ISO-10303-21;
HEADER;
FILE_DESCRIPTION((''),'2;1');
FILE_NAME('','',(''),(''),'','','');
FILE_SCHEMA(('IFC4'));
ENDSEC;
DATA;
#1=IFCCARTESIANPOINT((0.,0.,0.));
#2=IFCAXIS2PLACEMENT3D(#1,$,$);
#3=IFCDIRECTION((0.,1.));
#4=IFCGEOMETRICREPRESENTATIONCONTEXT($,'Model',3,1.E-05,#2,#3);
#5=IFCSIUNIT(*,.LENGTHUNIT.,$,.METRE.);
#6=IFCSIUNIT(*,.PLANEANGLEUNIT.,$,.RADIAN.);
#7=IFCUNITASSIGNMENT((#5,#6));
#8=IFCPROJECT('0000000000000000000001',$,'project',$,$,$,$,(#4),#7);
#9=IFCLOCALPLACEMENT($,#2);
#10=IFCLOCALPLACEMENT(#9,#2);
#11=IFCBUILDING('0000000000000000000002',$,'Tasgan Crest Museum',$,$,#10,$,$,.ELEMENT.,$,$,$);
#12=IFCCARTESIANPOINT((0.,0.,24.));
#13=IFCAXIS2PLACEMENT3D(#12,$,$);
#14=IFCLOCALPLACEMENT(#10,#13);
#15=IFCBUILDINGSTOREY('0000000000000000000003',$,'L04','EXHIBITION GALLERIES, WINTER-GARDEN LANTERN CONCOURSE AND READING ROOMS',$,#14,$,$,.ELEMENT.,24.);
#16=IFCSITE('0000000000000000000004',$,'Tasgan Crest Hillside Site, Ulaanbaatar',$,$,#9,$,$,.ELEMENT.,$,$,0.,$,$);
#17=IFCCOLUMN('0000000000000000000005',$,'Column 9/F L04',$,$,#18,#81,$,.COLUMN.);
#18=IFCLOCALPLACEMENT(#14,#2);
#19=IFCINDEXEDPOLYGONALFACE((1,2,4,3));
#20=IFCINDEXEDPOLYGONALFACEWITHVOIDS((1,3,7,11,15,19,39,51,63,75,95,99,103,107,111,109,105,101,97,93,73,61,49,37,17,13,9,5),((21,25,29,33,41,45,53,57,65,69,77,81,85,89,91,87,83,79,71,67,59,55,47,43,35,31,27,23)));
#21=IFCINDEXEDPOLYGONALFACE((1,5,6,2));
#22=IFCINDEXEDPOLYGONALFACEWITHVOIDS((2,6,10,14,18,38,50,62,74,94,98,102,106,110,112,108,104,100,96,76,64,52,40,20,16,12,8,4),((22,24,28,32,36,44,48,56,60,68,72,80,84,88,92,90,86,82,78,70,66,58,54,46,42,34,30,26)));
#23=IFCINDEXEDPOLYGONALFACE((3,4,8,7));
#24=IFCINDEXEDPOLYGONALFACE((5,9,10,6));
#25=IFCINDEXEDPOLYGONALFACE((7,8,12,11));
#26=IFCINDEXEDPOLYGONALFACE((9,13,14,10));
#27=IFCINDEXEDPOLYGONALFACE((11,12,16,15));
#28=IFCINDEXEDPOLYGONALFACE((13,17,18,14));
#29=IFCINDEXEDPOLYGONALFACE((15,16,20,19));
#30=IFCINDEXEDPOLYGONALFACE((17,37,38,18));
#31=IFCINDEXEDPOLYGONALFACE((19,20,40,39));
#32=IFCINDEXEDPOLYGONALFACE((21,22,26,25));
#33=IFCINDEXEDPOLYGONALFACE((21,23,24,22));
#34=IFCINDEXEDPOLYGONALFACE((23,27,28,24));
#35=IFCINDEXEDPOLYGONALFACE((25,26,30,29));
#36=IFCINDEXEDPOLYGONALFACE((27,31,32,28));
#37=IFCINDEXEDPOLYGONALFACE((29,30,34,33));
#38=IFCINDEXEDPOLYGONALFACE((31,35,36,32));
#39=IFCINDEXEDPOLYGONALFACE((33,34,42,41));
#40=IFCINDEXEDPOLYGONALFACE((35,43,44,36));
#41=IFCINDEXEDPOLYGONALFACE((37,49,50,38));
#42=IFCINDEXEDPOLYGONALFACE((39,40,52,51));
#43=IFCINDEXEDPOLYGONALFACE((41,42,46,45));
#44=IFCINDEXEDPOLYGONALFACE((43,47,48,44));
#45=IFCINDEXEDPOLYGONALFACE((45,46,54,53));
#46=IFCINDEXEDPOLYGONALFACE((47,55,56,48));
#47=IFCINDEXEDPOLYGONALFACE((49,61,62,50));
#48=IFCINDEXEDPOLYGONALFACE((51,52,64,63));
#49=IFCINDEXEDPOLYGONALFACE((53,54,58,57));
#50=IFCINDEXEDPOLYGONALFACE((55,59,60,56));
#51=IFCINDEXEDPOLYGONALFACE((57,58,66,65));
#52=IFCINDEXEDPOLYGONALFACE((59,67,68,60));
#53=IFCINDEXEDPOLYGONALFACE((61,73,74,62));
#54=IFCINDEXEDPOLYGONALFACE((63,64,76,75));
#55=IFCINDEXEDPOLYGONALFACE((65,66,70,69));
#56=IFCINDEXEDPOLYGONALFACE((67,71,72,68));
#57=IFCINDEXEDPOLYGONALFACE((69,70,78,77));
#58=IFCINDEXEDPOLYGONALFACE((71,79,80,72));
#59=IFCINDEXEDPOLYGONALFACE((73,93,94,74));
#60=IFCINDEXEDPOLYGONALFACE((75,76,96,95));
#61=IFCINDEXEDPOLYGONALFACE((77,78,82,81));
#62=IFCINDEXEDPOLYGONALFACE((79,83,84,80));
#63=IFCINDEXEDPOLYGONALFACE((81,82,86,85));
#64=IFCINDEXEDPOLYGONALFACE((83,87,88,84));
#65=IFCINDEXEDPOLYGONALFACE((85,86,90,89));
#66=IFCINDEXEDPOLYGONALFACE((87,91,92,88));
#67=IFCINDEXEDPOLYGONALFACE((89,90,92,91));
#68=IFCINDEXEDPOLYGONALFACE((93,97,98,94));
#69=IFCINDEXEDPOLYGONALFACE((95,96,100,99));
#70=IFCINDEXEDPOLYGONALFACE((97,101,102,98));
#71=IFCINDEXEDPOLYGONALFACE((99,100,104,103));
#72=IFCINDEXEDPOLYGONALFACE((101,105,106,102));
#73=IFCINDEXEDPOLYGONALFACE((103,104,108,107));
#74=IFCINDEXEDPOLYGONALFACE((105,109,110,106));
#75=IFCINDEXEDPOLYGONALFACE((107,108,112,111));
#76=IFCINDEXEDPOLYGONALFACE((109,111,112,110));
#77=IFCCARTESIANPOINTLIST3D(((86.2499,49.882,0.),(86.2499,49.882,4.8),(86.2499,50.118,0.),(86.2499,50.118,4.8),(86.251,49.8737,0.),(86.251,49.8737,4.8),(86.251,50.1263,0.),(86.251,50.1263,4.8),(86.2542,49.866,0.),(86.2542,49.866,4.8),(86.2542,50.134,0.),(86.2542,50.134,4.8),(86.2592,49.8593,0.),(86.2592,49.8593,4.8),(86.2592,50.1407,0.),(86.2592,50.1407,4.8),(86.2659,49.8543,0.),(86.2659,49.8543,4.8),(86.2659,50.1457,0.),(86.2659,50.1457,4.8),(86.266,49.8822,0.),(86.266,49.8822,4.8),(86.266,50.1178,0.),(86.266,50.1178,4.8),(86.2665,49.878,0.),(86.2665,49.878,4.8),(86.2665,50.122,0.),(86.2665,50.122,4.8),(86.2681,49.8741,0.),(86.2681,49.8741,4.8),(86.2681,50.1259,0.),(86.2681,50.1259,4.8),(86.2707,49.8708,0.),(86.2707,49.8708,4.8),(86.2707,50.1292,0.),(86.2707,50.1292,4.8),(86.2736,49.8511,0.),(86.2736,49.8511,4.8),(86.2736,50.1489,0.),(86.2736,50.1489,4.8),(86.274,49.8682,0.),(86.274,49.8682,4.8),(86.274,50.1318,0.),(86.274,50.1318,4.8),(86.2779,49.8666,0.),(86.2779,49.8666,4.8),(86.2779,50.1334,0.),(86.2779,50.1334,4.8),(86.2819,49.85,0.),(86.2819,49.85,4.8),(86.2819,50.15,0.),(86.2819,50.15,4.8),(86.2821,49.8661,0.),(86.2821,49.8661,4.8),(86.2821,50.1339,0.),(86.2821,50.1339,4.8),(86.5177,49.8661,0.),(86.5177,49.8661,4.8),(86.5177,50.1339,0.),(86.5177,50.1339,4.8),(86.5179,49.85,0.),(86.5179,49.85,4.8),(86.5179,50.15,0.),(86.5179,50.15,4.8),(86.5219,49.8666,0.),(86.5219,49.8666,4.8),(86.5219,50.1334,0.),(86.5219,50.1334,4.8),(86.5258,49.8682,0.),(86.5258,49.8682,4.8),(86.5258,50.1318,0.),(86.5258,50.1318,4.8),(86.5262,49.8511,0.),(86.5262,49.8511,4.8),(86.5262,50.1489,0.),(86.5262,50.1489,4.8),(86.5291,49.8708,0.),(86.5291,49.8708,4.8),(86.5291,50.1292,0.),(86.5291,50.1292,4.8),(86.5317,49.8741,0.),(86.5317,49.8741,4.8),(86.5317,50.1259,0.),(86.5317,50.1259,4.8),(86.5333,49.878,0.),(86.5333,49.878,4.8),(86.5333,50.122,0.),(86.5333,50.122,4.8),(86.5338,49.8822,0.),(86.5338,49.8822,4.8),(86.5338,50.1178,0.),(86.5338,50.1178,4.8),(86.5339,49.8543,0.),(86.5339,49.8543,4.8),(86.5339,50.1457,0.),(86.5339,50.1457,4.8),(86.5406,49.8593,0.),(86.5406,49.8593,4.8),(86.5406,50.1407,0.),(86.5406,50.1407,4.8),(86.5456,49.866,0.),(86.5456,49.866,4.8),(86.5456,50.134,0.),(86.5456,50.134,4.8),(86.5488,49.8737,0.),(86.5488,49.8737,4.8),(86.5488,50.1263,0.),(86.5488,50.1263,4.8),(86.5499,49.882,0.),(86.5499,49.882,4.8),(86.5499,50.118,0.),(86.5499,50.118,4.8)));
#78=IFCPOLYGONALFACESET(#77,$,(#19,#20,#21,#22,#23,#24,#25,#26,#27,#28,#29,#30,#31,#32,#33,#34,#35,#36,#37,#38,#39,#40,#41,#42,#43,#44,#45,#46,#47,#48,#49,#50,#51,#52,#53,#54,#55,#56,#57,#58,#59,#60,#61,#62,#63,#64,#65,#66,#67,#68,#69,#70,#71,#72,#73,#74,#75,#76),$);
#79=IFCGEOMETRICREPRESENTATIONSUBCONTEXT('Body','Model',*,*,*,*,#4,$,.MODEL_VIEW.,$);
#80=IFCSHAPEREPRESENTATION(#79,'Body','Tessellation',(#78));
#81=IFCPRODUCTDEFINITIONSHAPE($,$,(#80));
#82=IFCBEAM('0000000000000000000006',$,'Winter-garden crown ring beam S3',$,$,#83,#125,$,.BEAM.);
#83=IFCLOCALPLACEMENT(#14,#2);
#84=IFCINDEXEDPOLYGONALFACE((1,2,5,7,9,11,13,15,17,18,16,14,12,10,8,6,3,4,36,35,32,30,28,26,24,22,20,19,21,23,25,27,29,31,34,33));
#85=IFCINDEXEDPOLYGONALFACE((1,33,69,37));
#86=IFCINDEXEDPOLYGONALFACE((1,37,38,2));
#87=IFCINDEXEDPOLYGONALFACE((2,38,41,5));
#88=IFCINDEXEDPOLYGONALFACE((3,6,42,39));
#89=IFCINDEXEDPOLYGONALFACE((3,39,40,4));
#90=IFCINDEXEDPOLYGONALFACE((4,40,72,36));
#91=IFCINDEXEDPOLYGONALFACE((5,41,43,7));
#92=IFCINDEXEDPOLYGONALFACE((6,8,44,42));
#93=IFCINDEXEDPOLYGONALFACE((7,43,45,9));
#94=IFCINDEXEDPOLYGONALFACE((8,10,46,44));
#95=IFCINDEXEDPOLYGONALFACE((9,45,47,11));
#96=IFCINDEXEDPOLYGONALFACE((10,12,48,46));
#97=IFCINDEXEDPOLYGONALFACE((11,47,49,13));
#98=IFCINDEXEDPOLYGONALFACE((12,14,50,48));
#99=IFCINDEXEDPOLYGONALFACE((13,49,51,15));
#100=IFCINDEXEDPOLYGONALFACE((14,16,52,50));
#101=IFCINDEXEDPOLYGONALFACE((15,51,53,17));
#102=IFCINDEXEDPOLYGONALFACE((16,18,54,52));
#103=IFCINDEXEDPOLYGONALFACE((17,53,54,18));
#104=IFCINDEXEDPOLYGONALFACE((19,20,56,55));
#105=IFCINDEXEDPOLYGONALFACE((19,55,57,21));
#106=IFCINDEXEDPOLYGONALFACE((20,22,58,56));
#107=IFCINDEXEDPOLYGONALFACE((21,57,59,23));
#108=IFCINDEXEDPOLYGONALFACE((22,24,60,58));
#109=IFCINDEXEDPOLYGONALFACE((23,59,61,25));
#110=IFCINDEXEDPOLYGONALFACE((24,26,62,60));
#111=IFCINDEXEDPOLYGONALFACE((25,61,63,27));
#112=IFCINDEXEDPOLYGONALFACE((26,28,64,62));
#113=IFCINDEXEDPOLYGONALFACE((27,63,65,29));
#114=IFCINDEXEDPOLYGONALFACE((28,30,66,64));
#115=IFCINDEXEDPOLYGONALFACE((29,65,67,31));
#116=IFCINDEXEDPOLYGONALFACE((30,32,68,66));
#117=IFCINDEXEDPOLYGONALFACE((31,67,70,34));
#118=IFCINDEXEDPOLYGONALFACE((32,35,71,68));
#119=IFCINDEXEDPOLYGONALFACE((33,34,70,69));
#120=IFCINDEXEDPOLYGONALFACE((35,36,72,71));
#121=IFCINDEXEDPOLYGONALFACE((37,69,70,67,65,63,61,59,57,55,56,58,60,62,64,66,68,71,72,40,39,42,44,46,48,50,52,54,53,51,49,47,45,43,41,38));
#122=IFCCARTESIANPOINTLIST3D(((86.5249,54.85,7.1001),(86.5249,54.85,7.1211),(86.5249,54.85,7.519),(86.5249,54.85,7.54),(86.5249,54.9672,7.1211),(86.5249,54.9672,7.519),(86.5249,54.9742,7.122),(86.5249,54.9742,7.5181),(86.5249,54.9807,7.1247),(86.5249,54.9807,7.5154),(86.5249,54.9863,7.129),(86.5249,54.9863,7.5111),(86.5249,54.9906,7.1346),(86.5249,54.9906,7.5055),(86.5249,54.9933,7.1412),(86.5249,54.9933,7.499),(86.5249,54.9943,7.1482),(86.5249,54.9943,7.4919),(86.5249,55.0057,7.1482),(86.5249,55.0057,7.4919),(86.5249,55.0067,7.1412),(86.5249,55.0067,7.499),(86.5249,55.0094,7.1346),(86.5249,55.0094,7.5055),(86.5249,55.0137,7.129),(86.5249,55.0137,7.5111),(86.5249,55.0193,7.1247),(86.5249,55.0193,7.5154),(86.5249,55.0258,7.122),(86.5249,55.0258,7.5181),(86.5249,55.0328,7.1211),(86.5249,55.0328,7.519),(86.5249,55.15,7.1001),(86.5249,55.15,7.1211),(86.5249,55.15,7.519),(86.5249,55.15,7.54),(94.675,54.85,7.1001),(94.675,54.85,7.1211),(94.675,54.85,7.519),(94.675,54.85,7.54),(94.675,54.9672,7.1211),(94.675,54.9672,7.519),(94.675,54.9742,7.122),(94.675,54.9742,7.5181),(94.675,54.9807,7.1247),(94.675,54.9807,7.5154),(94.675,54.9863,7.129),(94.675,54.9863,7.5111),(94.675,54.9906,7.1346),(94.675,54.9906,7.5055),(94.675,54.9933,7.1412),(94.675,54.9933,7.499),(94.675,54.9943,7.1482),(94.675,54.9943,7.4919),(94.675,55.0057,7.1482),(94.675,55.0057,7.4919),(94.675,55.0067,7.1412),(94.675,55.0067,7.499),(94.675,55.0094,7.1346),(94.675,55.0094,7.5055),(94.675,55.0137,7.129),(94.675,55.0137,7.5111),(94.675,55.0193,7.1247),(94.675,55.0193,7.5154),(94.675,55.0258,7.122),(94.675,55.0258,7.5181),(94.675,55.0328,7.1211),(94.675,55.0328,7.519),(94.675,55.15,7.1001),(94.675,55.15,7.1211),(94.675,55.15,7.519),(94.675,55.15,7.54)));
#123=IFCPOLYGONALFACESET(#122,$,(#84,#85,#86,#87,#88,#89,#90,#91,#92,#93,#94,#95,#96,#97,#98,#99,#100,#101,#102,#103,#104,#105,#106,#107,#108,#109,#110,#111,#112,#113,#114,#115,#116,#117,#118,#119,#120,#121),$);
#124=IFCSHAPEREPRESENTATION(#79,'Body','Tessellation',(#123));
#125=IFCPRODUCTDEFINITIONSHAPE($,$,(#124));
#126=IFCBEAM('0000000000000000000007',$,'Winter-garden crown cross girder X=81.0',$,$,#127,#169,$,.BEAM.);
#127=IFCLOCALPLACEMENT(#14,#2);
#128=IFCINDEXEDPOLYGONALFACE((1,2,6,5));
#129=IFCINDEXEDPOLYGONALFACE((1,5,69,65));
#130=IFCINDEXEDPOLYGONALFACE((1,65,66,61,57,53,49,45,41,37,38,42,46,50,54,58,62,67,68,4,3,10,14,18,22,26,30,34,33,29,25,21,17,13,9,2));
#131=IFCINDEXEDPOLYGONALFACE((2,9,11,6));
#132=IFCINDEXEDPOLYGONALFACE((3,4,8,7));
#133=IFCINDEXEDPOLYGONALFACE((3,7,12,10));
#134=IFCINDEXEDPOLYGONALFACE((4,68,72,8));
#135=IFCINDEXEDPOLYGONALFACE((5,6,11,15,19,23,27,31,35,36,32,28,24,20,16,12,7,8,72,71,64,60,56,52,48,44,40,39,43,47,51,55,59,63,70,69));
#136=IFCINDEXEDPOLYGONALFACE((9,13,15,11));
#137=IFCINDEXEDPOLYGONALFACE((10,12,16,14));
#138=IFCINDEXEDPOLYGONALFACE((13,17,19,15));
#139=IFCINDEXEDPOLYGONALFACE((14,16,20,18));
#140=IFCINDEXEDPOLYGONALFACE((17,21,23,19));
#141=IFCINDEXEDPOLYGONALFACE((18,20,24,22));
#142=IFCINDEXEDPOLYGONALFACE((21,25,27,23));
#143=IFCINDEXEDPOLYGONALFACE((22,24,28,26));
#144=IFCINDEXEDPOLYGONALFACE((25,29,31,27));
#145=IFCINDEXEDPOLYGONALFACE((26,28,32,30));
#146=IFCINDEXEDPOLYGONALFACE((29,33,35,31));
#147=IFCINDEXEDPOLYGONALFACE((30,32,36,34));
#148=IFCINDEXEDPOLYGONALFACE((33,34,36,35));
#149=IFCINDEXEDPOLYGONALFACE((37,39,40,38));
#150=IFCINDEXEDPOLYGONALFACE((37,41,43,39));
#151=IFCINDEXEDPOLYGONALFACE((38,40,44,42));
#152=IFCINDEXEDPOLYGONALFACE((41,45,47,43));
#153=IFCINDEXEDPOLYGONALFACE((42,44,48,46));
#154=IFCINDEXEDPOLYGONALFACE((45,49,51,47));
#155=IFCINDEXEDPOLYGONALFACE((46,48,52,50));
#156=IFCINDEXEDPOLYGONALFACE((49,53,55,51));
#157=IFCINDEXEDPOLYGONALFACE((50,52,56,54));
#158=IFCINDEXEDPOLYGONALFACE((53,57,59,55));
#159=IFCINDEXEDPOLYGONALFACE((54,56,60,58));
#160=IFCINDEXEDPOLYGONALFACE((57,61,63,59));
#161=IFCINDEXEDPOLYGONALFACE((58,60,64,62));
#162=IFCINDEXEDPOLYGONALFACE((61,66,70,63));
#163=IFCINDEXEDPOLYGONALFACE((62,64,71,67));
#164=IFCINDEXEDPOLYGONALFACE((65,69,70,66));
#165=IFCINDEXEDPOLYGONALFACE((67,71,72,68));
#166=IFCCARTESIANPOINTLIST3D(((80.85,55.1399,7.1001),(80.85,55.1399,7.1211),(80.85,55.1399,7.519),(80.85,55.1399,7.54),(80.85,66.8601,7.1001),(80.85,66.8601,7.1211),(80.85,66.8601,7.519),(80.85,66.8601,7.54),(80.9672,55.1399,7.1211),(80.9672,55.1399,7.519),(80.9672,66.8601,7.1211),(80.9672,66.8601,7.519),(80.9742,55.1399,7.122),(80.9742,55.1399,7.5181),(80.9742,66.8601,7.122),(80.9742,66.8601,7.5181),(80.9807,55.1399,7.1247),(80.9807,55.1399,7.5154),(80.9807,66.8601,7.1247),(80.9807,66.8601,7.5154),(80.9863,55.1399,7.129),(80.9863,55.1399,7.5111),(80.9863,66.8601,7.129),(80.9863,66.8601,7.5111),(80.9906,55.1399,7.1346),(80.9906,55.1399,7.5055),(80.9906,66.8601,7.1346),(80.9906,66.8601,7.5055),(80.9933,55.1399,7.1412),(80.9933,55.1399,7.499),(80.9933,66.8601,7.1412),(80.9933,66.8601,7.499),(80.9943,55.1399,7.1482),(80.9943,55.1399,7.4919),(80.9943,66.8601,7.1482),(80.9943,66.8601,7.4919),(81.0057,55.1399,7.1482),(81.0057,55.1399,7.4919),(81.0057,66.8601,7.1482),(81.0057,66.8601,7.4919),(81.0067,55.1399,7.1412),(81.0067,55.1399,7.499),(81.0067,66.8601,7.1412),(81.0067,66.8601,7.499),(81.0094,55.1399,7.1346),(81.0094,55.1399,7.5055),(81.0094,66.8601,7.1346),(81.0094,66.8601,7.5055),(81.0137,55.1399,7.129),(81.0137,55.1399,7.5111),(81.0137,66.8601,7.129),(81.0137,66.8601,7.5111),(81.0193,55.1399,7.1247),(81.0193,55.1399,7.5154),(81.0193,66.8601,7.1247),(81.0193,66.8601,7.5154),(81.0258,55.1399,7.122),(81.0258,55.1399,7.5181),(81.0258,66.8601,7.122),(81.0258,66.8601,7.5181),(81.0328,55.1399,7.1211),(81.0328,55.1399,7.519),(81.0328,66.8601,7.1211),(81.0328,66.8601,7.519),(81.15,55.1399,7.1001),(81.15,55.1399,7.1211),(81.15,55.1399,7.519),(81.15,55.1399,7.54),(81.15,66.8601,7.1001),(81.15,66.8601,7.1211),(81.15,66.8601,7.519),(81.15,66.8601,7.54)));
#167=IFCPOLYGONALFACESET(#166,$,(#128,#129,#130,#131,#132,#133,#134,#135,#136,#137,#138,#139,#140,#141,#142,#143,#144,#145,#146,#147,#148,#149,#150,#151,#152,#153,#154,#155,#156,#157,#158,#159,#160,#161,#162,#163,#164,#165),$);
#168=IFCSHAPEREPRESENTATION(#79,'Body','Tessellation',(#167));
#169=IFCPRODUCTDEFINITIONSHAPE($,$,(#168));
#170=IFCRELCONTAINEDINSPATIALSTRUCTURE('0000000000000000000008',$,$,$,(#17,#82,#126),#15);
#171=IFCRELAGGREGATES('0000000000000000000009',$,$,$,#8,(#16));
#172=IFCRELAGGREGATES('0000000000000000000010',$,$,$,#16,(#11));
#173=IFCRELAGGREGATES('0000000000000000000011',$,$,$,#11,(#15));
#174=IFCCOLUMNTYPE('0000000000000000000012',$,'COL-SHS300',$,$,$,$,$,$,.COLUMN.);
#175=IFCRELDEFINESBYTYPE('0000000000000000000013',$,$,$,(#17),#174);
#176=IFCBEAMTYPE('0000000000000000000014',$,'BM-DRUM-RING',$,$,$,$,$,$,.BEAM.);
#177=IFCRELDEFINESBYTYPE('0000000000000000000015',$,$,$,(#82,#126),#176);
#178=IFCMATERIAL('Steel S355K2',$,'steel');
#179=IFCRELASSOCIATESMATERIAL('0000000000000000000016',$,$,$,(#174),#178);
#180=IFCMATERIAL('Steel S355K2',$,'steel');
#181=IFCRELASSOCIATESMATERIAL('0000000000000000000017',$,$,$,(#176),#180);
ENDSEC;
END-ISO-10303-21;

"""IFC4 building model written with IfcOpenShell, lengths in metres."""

from ifc_helpers import new_model, si_unit, direction, frame, origin, origin_2d, place, context, subcontext, project, spatial, hollow_rectangle, i_section, extrude, material, material_profile, profile_set, type_object, element, save


model = new_model("IFC4")

# Units and contexts
model_context = context("Model", 3, precision=1e-05, world=origin(), true_north=direction((0.0, 1.0)))
body_context = subcontext(model_context, "Body", "Model", "MODEL_VIEW")
ifc_project = project(units=[si_unit("LENGTHUNIT", "METRE"), si_unit("PLANEANGLEUNIT", "RADIAN")], contexts=[model_context])

# Site, building, storey
site_placement = place(None, origin())
site = spatial("IfcSite", under=ifc_project, at=site_placement, Name="Tasgan Crest Hillside Site, Ulaanbaatar", CompositionType="ELEMENT", RefElevation=0.0)
building_placement = place(site_placement, origin())
building = spatial("IfcBuilding", under=site, at=building_placement, Name="Tasgan Crest Museum", CompositionType="ELEMENT")
storey_placement = place(building_placement, frame((0.0, 0.0, 24.0)))
storey = spatial("IfcBuildingStorey", under=building, at=storey_placement, Name="L04", Description="EXHIBITION GALLERIES, WINTER-GARDEN LANTERN CONCOURSE AND READING ROOMS", CompositionType="ELEMENT", Elevation=24.0)

# Column
ifc_material_1 = material(Name="Steel S355K2", Category="steel")
ifc_material_profile_1 = material_profile(ifc_material_1, hollow_rectangle(XDim=0.3, YDim=0.3, WallThickness=0.0161, InnerFilletRadius=0.0161, OuterFilletRadius=0.032, at=origin_2d()), Name="SHS 300x300x16")
ifc_profile_set_1 = profile_set([ifc_material_profile_1], Name="Steel S355K2")
column_type = type_object("IfcColumnType", Name="COL-SHS300", PredefinedType="COLUMN", material=ifc_profile_set_1)
column_placement = place(storey_placement, frame((86.3999, 50.0, 0.0), z_axis=(0.0, 0.0, 1.0), x_axis=(1.0, 0.0, 0.0)))
element("IfcColumn", 1, at=column_placement, inside=storey, type_object=column_type, Name="Column 9/F L04", PredefinedType="COLUMN", context=body_context, shape_type="SweptSolid", body=[
    extrude(hollow_rectangle(XDim=0.3, YDim=0.3, WallThickness=0.0161, InnerFilletRadius=0.0161, OuterFilletRadius=0.032, at=origin_2d()), origin(), (0.0, 0.0, 1.0), 4.8),
])

# Beams
ifc_material_2 = material(Name="Steel S355K2", Category="steel")
ifc_material_profile_2 = material_profile(ifc_material_2, i_section(OverallWidth=0.3, OverallDepth=0.4399, WebThickness=0.0115, FlangeThickness=0.021, FilletRadius=0.0271, at=origin_2d()), Name="HEA 450")
ifc_profile_set_2 = profile_set([ifc_material_profile_2], Name="Steel S355K2")
beam_type_1 = type_object("IfcBeamType", Name="BM-DRUM-RING", PredefinedType="BEAM", material=ifc_profile_set_2)
beam_1_placement = place(storey_placement, frame((86.5249, 55.0, 7.3201), z_axis=(1.0, 0.0, 0.0), x_axis=(0.0, 1.0, 0.0)))
element("IfcBeam", 2, at=beam_1_placement, inside=storey, type_object=beam_type_1, Name="Winter-garden crown ring beam S3", PredefinedType="BEAM", context=body_context, shape_type="SweptSolid", body=[
    extrude(i_section(OverallWidth=0.3, OverallDepth=0.4399, WebThickness=0.0115, FlangeThickness=0.021, FilletRadius=0.0271, at=origin_2d()), origin(), (0.0, 0.0, 1.0), 8.1501),
])
beam_2_placement = place(storey_placement, frame((81.0, 55.1399, 7.3201), z_axis=(0.0, 1.0, 0.0), x_axis=(-1.0, 0.0, 0.0)))
element("IfcBeam", 3, at=beam_2_placement, inside=storey, type_object=beam_type_1, Name="Winter-garden crown cross girder X=81.0", PredefinedType="BEAM", context=body_context, shape_type="SweptSolid", body=[
    extrude(i_section(OverallWidth=0.3, OverallDepth=0.4399, WebThickness=0.0115, FlangeThickness=0.021, FilletRadius=0.0271, at=origin_2d()), origin(), (0.0, 0.0, 1.0), 11.7202),
])

save(model, "model.ifc")
